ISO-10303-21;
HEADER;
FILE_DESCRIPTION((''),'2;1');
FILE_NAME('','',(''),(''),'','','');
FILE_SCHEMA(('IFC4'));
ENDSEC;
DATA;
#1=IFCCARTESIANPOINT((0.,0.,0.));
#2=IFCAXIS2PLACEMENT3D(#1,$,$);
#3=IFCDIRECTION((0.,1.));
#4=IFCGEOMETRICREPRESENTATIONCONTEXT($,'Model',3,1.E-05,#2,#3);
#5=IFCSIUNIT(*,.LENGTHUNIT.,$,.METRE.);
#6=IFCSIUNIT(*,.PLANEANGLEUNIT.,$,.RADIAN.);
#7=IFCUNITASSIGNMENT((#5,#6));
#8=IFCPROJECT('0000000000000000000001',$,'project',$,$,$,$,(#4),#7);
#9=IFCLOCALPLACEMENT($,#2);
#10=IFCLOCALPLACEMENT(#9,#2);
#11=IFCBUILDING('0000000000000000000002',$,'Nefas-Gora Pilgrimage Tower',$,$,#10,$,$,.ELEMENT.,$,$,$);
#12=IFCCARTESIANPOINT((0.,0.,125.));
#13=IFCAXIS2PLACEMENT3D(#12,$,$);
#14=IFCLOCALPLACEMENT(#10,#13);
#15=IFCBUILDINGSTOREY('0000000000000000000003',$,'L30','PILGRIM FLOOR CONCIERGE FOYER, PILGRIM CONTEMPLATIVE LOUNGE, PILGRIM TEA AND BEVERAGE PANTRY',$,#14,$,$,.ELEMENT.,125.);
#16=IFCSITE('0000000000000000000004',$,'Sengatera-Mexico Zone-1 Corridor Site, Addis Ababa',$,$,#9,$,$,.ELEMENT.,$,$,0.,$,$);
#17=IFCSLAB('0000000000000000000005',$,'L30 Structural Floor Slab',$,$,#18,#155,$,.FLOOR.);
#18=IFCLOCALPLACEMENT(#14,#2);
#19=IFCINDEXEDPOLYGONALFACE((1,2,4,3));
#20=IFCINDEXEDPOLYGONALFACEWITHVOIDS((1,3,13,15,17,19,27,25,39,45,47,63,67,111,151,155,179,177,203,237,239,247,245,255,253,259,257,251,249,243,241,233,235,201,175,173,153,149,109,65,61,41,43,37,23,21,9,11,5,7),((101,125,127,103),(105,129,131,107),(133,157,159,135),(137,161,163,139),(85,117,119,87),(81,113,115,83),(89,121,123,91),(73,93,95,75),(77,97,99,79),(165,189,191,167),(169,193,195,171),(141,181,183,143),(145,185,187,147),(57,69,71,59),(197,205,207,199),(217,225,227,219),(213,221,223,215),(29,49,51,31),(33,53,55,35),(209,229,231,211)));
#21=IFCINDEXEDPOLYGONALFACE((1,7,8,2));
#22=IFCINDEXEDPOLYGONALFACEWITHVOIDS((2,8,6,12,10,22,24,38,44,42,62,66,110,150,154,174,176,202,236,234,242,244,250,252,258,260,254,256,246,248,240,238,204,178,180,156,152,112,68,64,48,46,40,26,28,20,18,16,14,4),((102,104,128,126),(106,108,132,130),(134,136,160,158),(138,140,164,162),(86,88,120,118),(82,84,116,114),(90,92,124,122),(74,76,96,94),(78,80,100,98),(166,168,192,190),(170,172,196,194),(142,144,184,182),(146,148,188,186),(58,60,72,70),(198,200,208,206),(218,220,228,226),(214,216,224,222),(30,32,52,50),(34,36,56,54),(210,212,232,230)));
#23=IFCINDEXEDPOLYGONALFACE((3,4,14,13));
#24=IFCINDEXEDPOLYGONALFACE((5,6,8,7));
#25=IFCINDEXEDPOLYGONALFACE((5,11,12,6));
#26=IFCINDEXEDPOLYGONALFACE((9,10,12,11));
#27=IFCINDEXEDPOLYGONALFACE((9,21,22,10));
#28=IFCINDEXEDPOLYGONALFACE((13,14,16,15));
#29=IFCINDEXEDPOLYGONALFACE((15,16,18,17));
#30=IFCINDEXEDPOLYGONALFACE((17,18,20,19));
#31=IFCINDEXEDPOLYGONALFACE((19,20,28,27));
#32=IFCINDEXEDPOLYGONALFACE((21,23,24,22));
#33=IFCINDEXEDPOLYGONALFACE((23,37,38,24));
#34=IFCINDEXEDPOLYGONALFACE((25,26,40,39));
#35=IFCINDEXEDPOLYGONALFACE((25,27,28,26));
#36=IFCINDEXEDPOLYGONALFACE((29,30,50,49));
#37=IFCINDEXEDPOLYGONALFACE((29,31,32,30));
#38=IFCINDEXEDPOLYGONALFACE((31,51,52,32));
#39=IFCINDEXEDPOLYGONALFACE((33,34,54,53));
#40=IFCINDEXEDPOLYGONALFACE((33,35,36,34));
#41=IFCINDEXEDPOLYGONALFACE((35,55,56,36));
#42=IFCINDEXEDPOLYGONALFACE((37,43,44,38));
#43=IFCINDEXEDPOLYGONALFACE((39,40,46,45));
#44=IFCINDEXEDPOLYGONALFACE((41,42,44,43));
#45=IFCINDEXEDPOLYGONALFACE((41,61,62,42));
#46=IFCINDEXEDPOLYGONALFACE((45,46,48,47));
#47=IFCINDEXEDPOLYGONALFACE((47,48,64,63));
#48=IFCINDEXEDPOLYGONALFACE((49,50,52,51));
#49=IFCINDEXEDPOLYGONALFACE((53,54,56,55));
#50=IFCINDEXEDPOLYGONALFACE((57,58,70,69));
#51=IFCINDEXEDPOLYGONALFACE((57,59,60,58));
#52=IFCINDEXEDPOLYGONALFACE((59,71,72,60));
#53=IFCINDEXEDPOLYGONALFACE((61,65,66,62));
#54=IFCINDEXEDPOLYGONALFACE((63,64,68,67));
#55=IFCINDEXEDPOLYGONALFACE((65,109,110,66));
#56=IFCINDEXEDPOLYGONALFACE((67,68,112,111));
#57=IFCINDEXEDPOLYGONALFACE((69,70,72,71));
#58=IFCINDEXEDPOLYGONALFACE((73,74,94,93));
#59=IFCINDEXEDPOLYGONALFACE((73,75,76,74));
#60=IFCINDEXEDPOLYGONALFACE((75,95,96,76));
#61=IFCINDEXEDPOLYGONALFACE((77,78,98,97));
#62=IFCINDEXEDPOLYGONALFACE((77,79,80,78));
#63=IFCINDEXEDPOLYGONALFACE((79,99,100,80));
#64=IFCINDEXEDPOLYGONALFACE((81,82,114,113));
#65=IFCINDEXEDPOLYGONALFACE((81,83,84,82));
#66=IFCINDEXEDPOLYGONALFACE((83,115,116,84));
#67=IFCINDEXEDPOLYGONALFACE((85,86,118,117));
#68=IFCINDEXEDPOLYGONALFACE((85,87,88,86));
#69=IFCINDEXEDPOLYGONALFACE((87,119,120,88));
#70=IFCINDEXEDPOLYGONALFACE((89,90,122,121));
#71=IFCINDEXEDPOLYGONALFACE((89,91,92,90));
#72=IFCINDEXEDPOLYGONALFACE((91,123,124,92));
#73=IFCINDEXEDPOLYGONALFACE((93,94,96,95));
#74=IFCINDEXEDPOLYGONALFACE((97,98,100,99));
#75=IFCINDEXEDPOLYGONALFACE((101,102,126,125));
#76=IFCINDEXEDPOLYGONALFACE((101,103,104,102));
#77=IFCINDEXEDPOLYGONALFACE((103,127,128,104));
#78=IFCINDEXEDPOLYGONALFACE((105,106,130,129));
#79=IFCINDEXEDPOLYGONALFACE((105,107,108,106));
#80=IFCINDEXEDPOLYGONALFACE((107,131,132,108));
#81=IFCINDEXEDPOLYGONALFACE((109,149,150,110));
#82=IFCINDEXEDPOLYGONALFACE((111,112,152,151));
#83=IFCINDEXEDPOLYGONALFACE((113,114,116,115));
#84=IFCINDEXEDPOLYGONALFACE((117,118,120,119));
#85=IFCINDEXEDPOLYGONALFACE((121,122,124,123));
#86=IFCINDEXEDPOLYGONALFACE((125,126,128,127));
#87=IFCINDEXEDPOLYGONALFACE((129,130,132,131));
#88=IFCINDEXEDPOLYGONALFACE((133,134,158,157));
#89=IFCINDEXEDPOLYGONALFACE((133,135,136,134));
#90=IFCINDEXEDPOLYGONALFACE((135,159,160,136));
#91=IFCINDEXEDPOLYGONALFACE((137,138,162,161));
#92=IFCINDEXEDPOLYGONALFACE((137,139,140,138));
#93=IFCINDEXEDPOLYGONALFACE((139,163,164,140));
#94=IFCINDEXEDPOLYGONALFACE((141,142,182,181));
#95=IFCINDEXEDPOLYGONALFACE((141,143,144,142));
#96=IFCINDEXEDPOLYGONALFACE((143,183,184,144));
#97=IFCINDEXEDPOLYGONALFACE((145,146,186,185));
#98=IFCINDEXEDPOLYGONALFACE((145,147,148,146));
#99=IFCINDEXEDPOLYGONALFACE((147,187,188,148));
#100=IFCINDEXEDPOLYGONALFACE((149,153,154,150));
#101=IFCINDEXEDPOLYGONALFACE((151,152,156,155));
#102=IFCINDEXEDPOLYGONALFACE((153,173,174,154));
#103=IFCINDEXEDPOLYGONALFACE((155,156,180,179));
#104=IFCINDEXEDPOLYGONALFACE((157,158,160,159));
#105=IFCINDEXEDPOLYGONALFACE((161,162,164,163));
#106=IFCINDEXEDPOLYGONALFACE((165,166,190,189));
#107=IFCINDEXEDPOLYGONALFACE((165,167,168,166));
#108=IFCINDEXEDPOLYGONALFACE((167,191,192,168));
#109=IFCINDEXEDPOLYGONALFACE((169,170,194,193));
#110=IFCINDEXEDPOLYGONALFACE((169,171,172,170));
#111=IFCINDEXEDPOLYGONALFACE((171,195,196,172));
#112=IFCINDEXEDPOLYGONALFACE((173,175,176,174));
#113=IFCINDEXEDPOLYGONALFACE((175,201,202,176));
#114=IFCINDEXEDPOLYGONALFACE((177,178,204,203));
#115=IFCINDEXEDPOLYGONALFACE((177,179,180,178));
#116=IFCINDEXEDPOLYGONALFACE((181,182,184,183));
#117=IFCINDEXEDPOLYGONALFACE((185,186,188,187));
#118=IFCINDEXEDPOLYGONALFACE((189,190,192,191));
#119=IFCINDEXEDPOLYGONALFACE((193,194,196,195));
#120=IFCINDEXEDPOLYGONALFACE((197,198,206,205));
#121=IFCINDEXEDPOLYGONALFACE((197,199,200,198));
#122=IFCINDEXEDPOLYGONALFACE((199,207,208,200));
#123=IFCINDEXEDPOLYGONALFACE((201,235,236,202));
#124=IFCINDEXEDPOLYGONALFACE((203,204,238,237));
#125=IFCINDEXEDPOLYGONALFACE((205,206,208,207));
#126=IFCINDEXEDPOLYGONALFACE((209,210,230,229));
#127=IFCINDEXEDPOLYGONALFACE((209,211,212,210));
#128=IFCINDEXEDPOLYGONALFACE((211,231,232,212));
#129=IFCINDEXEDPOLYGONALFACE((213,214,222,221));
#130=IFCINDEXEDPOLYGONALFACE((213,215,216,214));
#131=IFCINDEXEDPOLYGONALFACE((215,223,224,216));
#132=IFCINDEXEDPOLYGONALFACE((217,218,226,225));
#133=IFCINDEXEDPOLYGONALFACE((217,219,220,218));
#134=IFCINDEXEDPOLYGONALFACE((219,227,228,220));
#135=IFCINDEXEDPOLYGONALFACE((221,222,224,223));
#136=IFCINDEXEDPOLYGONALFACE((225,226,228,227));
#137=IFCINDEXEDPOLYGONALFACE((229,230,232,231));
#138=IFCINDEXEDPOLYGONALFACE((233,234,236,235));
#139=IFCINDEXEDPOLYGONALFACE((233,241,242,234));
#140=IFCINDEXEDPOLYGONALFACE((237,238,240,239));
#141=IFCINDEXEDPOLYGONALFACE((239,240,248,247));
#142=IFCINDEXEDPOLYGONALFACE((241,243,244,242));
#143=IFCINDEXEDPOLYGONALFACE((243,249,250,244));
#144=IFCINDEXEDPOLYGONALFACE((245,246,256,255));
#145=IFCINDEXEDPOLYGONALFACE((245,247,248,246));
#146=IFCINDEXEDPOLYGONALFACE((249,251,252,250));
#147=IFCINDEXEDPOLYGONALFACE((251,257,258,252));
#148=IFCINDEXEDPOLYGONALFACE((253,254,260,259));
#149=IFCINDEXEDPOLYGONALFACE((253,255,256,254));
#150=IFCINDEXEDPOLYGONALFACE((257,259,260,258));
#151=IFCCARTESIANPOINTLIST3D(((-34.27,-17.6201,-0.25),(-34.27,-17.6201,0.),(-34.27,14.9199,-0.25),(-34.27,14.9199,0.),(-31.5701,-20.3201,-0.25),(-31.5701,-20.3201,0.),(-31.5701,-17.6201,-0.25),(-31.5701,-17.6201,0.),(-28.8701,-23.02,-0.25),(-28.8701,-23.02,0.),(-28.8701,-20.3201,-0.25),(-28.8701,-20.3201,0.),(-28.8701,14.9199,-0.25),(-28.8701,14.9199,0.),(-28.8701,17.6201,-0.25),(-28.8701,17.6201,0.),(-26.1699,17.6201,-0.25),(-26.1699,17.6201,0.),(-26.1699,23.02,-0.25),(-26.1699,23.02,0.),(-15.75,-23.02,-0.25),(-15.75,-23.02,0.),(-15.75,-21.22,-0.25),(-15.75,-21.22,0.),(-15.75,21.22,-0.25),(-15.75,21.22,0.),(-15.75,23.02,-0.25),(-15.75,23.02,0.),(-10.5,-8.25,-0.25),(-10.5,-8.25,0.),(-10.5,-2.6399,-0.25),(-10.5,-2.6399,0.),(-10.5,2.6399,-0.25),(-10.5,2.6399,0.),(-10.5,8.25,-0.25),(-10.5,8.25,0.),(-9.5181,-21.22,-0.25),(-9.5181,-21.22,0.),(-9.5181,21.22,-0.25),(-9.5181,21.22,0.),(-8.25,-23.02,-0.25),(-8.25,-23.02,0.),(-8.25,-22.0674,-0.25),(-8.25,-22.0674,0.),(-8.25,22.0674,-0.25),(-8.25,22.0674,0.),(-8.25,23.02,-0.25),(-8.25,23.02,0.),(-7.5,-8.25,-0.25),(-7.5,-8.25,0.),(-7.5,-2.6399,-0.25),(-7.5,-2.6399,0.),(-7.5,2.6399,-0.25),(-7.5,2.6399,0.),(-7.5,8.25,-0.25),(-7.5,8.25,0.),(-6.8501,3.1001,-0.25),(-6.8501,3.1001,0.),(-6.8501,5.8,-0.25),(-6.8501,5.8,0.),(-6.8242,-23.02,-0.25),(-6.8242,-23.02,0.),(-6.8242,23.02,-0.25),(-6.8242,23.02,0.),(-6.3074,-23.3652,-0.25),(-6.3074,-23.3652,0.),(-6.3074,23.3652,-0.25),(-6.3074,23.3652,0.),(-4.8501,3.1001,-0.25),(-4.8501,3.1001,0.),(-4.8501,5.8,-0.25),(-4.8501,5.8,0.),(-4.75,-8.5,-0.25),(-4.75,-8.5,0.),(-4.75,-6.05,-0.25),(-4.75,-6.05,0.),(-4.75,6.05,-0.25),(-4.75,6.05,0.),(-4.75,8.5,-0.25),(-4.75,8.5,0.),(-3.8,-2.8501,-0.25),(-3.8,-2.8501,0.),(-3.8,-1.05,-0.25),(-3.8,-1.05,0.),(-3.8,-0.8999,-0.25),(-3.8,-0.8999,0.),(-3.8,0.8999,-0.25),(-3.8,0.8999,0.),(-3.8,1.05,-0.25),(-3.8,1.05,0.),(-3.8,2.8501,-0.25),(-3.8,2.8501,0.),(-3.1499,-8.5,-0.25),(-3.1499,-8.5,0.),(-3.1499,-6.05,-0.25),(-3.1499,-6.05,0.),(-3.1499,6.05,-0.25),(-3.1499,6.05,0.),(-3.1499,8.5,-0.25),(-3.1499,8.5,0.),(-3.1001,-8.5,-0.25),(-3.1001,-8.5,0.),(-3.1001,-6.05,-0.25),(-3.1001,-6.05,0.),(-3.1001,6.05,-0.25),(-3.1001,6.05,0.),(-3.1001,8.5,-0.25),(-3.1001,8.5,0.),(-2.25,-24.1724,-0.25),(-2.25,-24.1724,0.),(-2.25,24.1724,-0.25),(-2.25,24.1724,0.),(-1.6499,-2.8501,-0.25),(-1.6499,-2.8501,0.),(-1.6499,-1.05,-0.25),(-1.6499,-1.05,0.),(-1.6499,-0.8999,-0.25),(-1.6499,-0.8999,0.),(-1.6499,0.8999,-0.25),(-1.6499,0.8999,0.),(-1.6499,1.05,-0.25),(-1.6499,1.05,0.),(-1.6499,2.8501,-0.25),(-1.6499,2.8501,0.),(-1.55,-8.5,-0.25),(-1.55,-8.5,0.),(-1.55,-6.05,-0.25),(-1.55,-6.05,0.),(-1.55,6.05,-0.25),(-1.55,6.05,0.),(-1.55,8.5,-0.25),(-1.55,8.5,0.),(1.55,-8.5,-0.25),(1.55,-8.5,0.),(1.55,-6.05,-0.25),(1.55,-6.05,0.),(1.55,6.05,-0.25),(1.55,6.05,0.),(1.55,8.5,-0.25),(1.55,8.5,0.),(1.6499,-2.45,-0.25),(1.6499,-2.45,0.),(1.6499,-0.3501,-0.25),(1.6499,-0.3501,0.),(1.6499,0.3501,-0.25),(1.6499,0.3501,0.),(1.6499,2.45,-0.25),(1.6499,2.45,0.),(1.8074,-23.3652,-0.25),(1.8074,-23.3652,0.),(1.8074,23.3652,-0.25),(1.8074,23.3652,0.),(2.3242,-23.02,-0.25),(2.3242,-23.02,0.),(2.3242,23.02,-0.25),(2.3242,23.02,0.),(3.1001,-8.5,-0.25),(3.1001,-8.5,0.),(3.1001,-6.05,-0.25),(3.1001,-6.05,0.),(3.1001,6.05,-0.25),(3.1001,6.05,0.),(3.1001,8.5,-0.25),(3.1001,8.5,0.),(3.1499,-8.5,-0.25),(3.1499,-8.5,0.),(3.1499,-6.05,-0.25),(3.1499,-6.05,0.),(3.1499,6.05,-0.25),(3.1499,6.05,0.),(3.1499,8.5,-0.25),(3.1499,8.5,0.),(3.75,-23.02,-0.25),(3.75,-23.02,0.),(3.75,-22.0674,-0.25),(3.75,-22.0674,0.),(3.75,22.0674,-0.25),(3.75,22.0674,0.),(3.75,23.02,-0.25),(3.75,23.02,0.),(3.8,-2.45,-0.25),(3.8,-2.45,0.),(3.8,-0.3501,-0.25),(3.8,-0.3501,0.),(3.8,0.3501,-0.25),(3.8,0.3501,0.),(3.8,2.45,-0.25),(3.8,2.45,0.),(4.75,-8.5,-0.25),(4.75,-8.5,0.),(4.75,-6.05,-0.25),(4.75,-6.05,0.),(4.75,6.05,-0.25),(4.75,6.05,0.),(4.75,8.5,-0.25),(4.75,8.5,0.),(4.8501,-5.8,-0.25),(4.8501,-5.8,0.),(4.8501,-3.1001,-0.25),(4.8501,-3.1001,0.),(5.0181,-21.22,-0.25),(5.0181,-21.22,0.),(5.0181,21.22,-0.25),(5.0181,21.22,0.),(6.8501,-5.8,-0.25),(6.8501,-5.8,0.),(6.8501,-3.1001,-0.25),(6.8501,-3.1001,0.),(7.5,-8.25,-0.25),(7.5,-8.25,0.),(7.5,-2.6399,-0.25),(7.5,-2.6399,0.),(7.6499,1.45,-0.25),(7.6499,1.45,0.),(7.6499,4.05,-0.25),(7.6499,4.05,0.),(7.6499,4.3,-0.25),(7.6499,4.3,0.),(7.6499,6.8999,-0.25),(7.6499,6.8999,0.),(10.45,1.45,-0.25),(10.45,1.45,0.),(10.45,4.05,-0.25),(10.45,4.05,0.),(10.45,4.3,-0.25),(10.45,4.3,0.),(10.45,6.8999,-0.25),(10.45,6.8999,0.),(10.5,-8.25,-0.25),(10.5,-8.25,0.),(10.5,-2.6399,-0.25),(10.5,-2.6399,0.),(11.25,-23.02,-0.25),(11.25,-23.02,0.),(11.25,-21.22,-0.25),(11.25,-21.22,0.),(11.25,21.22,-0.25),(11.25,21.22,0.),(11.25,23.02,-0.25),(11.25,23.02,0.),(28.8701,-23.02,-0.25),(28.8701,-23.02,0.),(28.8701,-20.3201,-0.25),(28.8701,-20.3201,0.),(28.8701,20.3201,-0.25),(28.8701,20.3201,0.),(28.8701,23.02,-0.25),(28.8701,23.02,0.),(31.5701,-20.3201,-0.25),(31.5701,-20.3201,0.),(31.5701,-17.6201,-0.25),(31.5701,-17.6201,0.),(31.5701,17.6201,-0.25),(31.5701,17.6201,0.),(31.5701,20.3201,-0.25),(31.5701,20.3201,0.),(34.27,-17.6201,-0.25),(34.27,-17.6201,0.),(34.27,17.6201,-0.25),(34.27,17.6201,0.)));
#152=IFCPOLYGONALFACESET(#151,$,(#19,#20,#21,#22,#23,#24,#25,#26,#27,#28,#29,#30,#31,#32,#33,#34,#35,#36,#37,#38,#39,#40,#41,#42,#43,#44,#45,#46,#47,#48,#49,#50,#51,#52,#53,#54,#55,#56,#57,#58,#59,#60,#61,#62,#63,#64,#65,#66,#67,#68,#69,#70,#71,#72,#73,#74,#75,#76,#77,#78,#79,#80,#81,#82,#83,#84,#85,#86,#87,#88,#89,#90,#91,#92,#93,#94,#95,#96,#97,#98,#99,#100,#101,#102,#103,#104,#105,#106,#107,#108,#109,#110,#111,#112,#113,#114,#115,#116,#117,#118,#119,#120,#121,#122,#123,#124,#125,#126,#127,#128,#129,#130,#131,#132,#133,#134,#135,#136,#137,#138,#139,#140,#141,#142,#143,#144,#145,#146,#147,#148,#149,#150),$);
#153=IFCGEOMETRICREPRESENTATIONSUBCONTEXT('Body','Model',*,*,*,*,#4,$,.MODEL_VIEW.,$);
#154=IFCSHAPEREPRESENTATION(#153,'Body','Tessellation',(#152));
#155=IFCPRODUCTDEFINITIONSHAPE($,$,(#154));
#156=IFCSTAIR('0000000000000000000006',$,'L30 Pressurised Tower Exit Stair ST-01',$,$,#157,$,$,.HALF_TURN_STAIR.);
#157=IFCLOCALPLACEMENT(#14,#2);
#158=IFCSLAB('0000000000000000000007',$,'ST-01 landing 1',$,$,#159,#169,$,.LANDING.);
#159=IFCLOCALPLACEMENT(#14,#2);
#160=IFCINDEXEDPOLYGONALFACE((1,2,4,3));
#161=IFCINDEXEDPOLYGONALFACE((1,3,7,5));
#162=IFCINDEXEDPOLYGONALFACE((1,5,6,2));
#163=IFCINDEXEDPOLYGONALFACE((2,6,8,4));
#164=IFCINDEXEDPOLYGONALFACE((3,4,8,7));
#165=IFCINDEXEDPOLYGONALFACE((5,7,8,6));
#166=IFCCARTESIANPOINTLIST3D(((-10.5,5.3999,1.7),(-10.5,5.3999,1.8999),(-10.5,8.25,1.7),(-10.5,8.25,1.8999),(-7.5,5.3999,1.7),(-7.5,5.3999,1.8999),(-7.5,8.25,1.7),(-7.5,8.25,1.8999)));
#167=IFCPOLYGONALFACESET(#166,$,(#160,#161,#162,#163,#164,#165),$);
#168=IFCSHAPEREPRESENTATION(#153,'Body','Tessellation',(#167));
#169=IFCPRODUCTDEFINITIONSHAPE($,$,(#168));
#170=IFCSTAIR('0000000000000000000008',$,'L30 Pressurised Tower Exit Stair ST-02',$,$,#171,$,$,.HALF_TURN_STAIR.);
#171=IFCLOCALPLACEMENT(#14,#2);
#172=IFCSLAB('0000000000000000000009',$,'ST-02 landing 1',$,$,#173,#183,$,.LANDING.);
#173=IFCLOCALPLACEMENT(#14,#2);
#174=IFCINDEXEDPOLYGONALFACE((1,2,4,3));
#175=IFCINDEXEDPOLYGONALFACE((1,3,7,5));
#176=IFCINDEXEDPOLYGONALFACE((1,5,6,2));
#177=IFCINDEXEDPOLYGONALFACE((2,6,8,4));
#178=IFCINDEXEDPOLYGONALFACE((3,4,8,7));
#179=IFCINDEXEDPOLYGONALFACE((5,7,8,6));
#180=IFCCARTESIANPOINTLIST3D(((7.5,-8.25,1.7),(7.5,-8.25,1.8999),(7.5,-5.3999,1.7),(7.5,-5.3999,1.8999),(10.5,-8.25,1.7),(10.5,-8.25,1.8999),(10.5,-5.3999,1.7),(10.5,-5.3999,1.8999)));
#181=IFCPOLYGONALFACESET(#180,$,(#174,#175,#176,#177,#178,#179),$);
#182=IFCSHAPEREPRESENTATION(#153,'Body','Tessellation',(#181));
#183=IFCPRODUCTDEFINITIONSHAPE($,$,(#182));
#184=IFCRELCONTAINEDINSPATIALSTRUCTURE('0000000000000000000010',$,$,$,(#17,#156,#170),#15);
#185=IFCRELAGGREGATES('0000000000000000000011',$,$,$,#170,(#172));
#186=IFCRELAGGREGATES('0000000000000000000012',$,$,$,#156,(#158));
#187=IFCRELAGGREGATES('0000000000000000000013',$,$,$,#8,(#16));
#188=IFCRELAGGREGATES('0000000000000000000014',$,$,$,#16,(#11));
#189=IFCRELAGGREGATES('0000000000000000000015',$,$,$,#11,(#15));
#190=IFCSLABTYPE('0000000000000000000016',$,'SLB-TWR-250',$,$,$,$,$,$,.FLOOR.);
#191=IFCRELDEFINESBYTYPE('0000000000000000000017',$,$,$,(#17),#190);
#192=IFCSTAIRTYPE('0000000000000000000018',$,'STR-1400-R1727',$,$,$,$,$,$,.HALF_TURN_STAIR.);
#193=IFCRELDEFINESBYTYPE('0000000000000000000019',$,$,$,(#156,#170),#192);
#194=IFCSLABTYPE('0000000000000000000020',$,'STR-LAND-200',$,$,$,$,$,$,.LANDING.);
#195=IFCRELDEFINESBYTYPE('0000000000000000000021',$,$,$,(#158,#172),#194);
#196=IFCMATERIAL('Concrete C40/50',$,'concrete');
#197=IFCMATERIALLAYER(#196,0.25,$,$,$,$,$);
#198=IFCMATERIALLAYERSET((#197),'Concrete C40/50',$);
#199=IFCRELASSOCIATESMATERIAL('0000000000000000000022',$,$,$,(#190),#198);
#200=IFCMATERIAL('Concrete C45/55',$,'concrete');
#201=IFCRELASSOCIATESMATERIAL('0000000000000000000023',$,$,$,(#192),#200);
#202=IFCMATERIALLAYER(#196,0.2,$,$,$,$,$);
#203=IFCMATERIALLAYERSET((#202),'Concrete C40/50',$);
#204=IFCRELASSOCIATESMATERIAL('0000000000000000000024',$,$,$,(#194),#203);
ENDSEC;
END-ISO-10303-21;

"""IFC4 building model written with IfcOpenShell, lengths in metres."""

from ifc_helpers import new_model, si_unit, direction, frame, origin, place, context, subcontext, project, spatial, polyline, outline, extrude, material, layer, layer_set, type_object, element, aggregate, save


model = new_model("IFC4")

# Units and contexts
model_context = context("Model", 3, precision=1e-05, world=origin(), true_north=direction((0.0, 1.0)))
body_context = subcontext(model_context, "Body", "Model", "MODEL_VIEW")
ifc_project = project(units=[si_unit("LENGTHUNIT", "METRE"), si_unit("PLANEANGLEUNIT", "RADIAN")], contexts=[model_context])

# Site, building, storey
site_placement = place(None, origin())
site = spatial("IfcSite", under=ifc_project, at=site_placement, Name="Sengatera-Mexico Zone-1 Corridor Site, Addis Ababa", CompositionType="ELEMENT", RefElevation=0.0)
building_placement = place(site_placement, origin())
building = spatial("IfcBuilding", under=site, at=building_placement, Name="Nefas-Gora Pilgrimage Tower", CompositionType="ELEMENT")
storey_placement = place(building_placement, frame((0.0, 0.0, 125.0)))
storey = spatial("IfcBuildingStorey", under=building, at=storey_placement, Name="L30", Description="PILGRIM FLOOR CONCIERGE FOYER, PILGRIM CONTEMPLATIVE LOUNGE, PILGRIM TEA AND BEVERAGE PANTRY", CompositionType="ELEMENT", Elevation=125.0)

# Slab
ifc_material_1 = material(Name="Concrete C40/50", Category="concrete")
ifc_layer_1 = layer(ifc_material_1, 0.25)
ifc_layer_set_1 = layer_set([ifc_layer_1], Name="Concrete C40/50")
slab_type_1 = type_object("IfcSlabType", Name="SLB-TWR-250", PredefinedType="FLOOR", material=ifc_layer_set_1)
slab_1_placement = place(storey_placement, frame((0.0, 0.0, -0.25)))
element("IfcSlab", 1, at=slab_1_placement, inside=storey, type_object=slab_type_1, Name="L30 Structural Floor Slab", PredefinedType="FLOOR", context=body_context, shape_type="SweptSolid", body=[
    extrude(outline(polyline([(5.0181, -21.22), (11.25, -21.22), (11.25, -23.02), (28.8701, -23.02), (28.8701, -20.3201), (31.5701, -20.3201), (31.5701, -17.6201), (34.27, -17.6201), (34.27, 17.6201), (31.5701, 17.6201), (31.5701, 20.3201), (28.8701, 20.3201), (28.8701, 23.02), (11.25, 23.02), (11.25, 21.22), (5.0181, 21.22), (3.75, 22.0674), (3.75, 23.02), (2.3242, 23.02), (1.8074, 23.3652), (-2.25, 24.1724), (-6.3074, 23.3652), (-6.8242, 23.02), (-8.25, 23.02), (-8.25, 22.0674), (-9.5181, 21.22), (-15.75, 21.22), (-15.75, 23.02), (-26.1699, 23.02), (-26.1699, 17.6201), (-28.8701, 17.6201), (-28.8701, 14.9199), (-34.27, 14.9199), (-34.27, -17.6201), (-31.5701, -17.6201), (-31.5701, -20.3201), (-28.8701, -20.3201), (-28.8701, -23.02), (-15.75, -23.02), (-15.75, -21.22), (-9.5181, -21.22), (-8.25, -22.0674), (-8.25, -23.02), (-6.8242, -23.02), (-6.3074, -23.3652), (-2.25, -24.1724), (1.8074, -23.3652), (2.3242, -23.02), (3.75, -23.02), (3.75, -22.0674), (5.0181, -21.22)]), holes=[polyline([(-10.5, 2.6399), (-10.5, 8.25), (-7.5, 8.25), (-7.5, 2.6399), (-10.5, 2.6399)]), polyline([(10.5, -2.6399), (10.5, -8.25), (7.5, -8.25), (7.5, -2.6399), (10.5, -2.6399)]), polyline([(-7.5, -2.6399), (-7.5, -8.25), (-10.5, -8.25), (-10.5, -2.6399), (-7.5, -2.6399)]), polyline([(-6.8501, 5.8), (-4.8501, 5.8), (-4.8501, 3.1001), (-6.8501, 3.1001), (-6.8501, 5.8)]), polyline([(4.8501, -3.1001), (6.8501, -3.1001), (6.8501, -5.8), (4.8501, -5.8), (4.8501, -3.1001)]), polyline([(7.6499, 4.05), (10.45, 4.05), (10.45, 1.45), (7.6499, 1.45), (7.6499, 4.05)]), polyline([(7.6499, 6.8999), (10.45, 6.8999), (10.45, 4.3), (7.6499, 4.3), (7.6499, 6.8999)]), polyline([(-4.75, 8.5), (-3.1499, 8.5), (-3.1499, 6.05), (-4.75, 6.05), (-4.75, 8.5)]), polyline([(-3.1001, 8.5), (-1.55, 8.5), (-1.55, 6.05), (-3.1001, 6.05), (-3.1001, 8.5)]), polyline([(1.55, 8.5), (3.1001, 8.5), (3.1001, 6.05), (1.55, 6.05), (1.55, 8.5)]), polyline([(3.1499, 8.5), (4.75, 8.5), (4.75, 6.05), (3.1499, 6.05), (3.1499, 8.5)]), polyline([(-4.75, -6.05), (-3.1499, -6.05), (-3.1499, -8.5), (-4.75, -8.5), (-4.75, -6.05)]), polyline([(-3.1001, -6.05), (-1.55, -6.05), (-1.55, -8.5), (-3.1001, -8.5), (-3.1001, -6.05)]), polyline([(1.55, -6.05), (3.1001, -6.05), (3.1001, -8.5), (1.55, -8.5), (1.55, -6.05)]), polyline([(3.1499, -6.05), (4.75, -6.05), (4.75, -8.5), (3.1499, -8.5), (3.1499, -6.05)]), polyline([(-3.8, -1.05), (-1.6499, -1.05), (-1.6499, -2.8501), (-3.8, -2.8501), (-3.8, -1.05)]), polyline([(-3.8, 0.8999), (-1.6499, 0.8999), (-1.6499, -0.8999), (-3.8, -0.8999), (-3.8, 0.8999)]), polyline([(-3.8, 2.8501), (-1.6499, 2.8501), (-1.6499, 1.05), (-3.8, 1.05), (-3.8, 2.8501)]), polyline([(1.6499, -0.3501), (3.8, -0.3501), (3.8, -2.45), (1.6499, -2.45), (1.6499, -0.3501)]), polyline([(1.6499, 2.45), (3.8, 2.45), (3.8, 0.3501), (1.6499, 0.3501), (1.6499, 2.45)])]), origin(), (0.0, 0.0, 1.0), 0.25),
])

# Stairs, slabs
ifc_material_2 = material(Name="Concrete C45/55", Category="concrete")
stair_type = type_object("IfcStairType", Name="STR-1400-R1727", PredefinedType="HALF_TURN_STAIR", material=ifc_material_2)
stair_1_placement = place(storey_placement, origin())
stair_1 = element("IfcStair", 2, at=stair_1_placement, inside=storey, type_object=stair_type, Name="L30 Pressurised Tower Exit Stair ST-01", PredefinedType="HALF_TURN_STAIR")
ifc_layer_2 = layer(ifc_material_1, 0.2)
ifc_layer_set_2 = layer_set([ifc_layer_2], Name="Concrete C40/50")
slab_type_2 = type_object("IfcSlabType", Name="STR-LAND-200", PredefinedType="LANDING", material=ifc_layer_set_2)
slab_2_placement = place(storey_placement, frame((0.0, 0.0, 1.7)))
slab_2 = element("IfcSlab", 3, at=slab_2_placement, type_object=slab_type_2, Name="ST-01 landing 1", PredefinedType="LANDING", context=body_context, shape_type="SweptSolid", body=[
    extrude(outline(polyline([(-7.5, 5.3999), (-7.5, 8.25), (-10.5, 8.25), (-10.5, 5.3999), (-7.5, 5.3999)])), origin(), (0.0, 0.0, 1.0), 0.2),
])
stair_2_placement = place(storey_placement, origin())
stair_2 = element("IfcStair", 4, at=stair_2_placement, inside=storey, type_object=stair_type, Name="L30 Pressurised Tower Exit Stair ST-02", PredefinedType="HALF_TURN_STAIR")
slab_3_placement = place(storey_placement, frame((0.0, 0.0, 1.7)))
slab_3 = element("IfcSlab", 5, at=slab_3_placement, type_object=slab_type_2, Name="ST-02 landing 1", PredefinedType="LANDING", context=body_context, shape_type="SweptSolid", body=[
    extrude(outline(polyline([(7.5, -5.3999), (7.5, -8.25), (10.5, -8.25), (10.5, -5.3999), (7.5, -5.3999)])), origin(), (0.0, 0.0, 1.0), 0.2),
])
aggregate(stair_2, [slab_3])

aggregate(stair_1, [slab_2])

save(model, "model.ifc")
